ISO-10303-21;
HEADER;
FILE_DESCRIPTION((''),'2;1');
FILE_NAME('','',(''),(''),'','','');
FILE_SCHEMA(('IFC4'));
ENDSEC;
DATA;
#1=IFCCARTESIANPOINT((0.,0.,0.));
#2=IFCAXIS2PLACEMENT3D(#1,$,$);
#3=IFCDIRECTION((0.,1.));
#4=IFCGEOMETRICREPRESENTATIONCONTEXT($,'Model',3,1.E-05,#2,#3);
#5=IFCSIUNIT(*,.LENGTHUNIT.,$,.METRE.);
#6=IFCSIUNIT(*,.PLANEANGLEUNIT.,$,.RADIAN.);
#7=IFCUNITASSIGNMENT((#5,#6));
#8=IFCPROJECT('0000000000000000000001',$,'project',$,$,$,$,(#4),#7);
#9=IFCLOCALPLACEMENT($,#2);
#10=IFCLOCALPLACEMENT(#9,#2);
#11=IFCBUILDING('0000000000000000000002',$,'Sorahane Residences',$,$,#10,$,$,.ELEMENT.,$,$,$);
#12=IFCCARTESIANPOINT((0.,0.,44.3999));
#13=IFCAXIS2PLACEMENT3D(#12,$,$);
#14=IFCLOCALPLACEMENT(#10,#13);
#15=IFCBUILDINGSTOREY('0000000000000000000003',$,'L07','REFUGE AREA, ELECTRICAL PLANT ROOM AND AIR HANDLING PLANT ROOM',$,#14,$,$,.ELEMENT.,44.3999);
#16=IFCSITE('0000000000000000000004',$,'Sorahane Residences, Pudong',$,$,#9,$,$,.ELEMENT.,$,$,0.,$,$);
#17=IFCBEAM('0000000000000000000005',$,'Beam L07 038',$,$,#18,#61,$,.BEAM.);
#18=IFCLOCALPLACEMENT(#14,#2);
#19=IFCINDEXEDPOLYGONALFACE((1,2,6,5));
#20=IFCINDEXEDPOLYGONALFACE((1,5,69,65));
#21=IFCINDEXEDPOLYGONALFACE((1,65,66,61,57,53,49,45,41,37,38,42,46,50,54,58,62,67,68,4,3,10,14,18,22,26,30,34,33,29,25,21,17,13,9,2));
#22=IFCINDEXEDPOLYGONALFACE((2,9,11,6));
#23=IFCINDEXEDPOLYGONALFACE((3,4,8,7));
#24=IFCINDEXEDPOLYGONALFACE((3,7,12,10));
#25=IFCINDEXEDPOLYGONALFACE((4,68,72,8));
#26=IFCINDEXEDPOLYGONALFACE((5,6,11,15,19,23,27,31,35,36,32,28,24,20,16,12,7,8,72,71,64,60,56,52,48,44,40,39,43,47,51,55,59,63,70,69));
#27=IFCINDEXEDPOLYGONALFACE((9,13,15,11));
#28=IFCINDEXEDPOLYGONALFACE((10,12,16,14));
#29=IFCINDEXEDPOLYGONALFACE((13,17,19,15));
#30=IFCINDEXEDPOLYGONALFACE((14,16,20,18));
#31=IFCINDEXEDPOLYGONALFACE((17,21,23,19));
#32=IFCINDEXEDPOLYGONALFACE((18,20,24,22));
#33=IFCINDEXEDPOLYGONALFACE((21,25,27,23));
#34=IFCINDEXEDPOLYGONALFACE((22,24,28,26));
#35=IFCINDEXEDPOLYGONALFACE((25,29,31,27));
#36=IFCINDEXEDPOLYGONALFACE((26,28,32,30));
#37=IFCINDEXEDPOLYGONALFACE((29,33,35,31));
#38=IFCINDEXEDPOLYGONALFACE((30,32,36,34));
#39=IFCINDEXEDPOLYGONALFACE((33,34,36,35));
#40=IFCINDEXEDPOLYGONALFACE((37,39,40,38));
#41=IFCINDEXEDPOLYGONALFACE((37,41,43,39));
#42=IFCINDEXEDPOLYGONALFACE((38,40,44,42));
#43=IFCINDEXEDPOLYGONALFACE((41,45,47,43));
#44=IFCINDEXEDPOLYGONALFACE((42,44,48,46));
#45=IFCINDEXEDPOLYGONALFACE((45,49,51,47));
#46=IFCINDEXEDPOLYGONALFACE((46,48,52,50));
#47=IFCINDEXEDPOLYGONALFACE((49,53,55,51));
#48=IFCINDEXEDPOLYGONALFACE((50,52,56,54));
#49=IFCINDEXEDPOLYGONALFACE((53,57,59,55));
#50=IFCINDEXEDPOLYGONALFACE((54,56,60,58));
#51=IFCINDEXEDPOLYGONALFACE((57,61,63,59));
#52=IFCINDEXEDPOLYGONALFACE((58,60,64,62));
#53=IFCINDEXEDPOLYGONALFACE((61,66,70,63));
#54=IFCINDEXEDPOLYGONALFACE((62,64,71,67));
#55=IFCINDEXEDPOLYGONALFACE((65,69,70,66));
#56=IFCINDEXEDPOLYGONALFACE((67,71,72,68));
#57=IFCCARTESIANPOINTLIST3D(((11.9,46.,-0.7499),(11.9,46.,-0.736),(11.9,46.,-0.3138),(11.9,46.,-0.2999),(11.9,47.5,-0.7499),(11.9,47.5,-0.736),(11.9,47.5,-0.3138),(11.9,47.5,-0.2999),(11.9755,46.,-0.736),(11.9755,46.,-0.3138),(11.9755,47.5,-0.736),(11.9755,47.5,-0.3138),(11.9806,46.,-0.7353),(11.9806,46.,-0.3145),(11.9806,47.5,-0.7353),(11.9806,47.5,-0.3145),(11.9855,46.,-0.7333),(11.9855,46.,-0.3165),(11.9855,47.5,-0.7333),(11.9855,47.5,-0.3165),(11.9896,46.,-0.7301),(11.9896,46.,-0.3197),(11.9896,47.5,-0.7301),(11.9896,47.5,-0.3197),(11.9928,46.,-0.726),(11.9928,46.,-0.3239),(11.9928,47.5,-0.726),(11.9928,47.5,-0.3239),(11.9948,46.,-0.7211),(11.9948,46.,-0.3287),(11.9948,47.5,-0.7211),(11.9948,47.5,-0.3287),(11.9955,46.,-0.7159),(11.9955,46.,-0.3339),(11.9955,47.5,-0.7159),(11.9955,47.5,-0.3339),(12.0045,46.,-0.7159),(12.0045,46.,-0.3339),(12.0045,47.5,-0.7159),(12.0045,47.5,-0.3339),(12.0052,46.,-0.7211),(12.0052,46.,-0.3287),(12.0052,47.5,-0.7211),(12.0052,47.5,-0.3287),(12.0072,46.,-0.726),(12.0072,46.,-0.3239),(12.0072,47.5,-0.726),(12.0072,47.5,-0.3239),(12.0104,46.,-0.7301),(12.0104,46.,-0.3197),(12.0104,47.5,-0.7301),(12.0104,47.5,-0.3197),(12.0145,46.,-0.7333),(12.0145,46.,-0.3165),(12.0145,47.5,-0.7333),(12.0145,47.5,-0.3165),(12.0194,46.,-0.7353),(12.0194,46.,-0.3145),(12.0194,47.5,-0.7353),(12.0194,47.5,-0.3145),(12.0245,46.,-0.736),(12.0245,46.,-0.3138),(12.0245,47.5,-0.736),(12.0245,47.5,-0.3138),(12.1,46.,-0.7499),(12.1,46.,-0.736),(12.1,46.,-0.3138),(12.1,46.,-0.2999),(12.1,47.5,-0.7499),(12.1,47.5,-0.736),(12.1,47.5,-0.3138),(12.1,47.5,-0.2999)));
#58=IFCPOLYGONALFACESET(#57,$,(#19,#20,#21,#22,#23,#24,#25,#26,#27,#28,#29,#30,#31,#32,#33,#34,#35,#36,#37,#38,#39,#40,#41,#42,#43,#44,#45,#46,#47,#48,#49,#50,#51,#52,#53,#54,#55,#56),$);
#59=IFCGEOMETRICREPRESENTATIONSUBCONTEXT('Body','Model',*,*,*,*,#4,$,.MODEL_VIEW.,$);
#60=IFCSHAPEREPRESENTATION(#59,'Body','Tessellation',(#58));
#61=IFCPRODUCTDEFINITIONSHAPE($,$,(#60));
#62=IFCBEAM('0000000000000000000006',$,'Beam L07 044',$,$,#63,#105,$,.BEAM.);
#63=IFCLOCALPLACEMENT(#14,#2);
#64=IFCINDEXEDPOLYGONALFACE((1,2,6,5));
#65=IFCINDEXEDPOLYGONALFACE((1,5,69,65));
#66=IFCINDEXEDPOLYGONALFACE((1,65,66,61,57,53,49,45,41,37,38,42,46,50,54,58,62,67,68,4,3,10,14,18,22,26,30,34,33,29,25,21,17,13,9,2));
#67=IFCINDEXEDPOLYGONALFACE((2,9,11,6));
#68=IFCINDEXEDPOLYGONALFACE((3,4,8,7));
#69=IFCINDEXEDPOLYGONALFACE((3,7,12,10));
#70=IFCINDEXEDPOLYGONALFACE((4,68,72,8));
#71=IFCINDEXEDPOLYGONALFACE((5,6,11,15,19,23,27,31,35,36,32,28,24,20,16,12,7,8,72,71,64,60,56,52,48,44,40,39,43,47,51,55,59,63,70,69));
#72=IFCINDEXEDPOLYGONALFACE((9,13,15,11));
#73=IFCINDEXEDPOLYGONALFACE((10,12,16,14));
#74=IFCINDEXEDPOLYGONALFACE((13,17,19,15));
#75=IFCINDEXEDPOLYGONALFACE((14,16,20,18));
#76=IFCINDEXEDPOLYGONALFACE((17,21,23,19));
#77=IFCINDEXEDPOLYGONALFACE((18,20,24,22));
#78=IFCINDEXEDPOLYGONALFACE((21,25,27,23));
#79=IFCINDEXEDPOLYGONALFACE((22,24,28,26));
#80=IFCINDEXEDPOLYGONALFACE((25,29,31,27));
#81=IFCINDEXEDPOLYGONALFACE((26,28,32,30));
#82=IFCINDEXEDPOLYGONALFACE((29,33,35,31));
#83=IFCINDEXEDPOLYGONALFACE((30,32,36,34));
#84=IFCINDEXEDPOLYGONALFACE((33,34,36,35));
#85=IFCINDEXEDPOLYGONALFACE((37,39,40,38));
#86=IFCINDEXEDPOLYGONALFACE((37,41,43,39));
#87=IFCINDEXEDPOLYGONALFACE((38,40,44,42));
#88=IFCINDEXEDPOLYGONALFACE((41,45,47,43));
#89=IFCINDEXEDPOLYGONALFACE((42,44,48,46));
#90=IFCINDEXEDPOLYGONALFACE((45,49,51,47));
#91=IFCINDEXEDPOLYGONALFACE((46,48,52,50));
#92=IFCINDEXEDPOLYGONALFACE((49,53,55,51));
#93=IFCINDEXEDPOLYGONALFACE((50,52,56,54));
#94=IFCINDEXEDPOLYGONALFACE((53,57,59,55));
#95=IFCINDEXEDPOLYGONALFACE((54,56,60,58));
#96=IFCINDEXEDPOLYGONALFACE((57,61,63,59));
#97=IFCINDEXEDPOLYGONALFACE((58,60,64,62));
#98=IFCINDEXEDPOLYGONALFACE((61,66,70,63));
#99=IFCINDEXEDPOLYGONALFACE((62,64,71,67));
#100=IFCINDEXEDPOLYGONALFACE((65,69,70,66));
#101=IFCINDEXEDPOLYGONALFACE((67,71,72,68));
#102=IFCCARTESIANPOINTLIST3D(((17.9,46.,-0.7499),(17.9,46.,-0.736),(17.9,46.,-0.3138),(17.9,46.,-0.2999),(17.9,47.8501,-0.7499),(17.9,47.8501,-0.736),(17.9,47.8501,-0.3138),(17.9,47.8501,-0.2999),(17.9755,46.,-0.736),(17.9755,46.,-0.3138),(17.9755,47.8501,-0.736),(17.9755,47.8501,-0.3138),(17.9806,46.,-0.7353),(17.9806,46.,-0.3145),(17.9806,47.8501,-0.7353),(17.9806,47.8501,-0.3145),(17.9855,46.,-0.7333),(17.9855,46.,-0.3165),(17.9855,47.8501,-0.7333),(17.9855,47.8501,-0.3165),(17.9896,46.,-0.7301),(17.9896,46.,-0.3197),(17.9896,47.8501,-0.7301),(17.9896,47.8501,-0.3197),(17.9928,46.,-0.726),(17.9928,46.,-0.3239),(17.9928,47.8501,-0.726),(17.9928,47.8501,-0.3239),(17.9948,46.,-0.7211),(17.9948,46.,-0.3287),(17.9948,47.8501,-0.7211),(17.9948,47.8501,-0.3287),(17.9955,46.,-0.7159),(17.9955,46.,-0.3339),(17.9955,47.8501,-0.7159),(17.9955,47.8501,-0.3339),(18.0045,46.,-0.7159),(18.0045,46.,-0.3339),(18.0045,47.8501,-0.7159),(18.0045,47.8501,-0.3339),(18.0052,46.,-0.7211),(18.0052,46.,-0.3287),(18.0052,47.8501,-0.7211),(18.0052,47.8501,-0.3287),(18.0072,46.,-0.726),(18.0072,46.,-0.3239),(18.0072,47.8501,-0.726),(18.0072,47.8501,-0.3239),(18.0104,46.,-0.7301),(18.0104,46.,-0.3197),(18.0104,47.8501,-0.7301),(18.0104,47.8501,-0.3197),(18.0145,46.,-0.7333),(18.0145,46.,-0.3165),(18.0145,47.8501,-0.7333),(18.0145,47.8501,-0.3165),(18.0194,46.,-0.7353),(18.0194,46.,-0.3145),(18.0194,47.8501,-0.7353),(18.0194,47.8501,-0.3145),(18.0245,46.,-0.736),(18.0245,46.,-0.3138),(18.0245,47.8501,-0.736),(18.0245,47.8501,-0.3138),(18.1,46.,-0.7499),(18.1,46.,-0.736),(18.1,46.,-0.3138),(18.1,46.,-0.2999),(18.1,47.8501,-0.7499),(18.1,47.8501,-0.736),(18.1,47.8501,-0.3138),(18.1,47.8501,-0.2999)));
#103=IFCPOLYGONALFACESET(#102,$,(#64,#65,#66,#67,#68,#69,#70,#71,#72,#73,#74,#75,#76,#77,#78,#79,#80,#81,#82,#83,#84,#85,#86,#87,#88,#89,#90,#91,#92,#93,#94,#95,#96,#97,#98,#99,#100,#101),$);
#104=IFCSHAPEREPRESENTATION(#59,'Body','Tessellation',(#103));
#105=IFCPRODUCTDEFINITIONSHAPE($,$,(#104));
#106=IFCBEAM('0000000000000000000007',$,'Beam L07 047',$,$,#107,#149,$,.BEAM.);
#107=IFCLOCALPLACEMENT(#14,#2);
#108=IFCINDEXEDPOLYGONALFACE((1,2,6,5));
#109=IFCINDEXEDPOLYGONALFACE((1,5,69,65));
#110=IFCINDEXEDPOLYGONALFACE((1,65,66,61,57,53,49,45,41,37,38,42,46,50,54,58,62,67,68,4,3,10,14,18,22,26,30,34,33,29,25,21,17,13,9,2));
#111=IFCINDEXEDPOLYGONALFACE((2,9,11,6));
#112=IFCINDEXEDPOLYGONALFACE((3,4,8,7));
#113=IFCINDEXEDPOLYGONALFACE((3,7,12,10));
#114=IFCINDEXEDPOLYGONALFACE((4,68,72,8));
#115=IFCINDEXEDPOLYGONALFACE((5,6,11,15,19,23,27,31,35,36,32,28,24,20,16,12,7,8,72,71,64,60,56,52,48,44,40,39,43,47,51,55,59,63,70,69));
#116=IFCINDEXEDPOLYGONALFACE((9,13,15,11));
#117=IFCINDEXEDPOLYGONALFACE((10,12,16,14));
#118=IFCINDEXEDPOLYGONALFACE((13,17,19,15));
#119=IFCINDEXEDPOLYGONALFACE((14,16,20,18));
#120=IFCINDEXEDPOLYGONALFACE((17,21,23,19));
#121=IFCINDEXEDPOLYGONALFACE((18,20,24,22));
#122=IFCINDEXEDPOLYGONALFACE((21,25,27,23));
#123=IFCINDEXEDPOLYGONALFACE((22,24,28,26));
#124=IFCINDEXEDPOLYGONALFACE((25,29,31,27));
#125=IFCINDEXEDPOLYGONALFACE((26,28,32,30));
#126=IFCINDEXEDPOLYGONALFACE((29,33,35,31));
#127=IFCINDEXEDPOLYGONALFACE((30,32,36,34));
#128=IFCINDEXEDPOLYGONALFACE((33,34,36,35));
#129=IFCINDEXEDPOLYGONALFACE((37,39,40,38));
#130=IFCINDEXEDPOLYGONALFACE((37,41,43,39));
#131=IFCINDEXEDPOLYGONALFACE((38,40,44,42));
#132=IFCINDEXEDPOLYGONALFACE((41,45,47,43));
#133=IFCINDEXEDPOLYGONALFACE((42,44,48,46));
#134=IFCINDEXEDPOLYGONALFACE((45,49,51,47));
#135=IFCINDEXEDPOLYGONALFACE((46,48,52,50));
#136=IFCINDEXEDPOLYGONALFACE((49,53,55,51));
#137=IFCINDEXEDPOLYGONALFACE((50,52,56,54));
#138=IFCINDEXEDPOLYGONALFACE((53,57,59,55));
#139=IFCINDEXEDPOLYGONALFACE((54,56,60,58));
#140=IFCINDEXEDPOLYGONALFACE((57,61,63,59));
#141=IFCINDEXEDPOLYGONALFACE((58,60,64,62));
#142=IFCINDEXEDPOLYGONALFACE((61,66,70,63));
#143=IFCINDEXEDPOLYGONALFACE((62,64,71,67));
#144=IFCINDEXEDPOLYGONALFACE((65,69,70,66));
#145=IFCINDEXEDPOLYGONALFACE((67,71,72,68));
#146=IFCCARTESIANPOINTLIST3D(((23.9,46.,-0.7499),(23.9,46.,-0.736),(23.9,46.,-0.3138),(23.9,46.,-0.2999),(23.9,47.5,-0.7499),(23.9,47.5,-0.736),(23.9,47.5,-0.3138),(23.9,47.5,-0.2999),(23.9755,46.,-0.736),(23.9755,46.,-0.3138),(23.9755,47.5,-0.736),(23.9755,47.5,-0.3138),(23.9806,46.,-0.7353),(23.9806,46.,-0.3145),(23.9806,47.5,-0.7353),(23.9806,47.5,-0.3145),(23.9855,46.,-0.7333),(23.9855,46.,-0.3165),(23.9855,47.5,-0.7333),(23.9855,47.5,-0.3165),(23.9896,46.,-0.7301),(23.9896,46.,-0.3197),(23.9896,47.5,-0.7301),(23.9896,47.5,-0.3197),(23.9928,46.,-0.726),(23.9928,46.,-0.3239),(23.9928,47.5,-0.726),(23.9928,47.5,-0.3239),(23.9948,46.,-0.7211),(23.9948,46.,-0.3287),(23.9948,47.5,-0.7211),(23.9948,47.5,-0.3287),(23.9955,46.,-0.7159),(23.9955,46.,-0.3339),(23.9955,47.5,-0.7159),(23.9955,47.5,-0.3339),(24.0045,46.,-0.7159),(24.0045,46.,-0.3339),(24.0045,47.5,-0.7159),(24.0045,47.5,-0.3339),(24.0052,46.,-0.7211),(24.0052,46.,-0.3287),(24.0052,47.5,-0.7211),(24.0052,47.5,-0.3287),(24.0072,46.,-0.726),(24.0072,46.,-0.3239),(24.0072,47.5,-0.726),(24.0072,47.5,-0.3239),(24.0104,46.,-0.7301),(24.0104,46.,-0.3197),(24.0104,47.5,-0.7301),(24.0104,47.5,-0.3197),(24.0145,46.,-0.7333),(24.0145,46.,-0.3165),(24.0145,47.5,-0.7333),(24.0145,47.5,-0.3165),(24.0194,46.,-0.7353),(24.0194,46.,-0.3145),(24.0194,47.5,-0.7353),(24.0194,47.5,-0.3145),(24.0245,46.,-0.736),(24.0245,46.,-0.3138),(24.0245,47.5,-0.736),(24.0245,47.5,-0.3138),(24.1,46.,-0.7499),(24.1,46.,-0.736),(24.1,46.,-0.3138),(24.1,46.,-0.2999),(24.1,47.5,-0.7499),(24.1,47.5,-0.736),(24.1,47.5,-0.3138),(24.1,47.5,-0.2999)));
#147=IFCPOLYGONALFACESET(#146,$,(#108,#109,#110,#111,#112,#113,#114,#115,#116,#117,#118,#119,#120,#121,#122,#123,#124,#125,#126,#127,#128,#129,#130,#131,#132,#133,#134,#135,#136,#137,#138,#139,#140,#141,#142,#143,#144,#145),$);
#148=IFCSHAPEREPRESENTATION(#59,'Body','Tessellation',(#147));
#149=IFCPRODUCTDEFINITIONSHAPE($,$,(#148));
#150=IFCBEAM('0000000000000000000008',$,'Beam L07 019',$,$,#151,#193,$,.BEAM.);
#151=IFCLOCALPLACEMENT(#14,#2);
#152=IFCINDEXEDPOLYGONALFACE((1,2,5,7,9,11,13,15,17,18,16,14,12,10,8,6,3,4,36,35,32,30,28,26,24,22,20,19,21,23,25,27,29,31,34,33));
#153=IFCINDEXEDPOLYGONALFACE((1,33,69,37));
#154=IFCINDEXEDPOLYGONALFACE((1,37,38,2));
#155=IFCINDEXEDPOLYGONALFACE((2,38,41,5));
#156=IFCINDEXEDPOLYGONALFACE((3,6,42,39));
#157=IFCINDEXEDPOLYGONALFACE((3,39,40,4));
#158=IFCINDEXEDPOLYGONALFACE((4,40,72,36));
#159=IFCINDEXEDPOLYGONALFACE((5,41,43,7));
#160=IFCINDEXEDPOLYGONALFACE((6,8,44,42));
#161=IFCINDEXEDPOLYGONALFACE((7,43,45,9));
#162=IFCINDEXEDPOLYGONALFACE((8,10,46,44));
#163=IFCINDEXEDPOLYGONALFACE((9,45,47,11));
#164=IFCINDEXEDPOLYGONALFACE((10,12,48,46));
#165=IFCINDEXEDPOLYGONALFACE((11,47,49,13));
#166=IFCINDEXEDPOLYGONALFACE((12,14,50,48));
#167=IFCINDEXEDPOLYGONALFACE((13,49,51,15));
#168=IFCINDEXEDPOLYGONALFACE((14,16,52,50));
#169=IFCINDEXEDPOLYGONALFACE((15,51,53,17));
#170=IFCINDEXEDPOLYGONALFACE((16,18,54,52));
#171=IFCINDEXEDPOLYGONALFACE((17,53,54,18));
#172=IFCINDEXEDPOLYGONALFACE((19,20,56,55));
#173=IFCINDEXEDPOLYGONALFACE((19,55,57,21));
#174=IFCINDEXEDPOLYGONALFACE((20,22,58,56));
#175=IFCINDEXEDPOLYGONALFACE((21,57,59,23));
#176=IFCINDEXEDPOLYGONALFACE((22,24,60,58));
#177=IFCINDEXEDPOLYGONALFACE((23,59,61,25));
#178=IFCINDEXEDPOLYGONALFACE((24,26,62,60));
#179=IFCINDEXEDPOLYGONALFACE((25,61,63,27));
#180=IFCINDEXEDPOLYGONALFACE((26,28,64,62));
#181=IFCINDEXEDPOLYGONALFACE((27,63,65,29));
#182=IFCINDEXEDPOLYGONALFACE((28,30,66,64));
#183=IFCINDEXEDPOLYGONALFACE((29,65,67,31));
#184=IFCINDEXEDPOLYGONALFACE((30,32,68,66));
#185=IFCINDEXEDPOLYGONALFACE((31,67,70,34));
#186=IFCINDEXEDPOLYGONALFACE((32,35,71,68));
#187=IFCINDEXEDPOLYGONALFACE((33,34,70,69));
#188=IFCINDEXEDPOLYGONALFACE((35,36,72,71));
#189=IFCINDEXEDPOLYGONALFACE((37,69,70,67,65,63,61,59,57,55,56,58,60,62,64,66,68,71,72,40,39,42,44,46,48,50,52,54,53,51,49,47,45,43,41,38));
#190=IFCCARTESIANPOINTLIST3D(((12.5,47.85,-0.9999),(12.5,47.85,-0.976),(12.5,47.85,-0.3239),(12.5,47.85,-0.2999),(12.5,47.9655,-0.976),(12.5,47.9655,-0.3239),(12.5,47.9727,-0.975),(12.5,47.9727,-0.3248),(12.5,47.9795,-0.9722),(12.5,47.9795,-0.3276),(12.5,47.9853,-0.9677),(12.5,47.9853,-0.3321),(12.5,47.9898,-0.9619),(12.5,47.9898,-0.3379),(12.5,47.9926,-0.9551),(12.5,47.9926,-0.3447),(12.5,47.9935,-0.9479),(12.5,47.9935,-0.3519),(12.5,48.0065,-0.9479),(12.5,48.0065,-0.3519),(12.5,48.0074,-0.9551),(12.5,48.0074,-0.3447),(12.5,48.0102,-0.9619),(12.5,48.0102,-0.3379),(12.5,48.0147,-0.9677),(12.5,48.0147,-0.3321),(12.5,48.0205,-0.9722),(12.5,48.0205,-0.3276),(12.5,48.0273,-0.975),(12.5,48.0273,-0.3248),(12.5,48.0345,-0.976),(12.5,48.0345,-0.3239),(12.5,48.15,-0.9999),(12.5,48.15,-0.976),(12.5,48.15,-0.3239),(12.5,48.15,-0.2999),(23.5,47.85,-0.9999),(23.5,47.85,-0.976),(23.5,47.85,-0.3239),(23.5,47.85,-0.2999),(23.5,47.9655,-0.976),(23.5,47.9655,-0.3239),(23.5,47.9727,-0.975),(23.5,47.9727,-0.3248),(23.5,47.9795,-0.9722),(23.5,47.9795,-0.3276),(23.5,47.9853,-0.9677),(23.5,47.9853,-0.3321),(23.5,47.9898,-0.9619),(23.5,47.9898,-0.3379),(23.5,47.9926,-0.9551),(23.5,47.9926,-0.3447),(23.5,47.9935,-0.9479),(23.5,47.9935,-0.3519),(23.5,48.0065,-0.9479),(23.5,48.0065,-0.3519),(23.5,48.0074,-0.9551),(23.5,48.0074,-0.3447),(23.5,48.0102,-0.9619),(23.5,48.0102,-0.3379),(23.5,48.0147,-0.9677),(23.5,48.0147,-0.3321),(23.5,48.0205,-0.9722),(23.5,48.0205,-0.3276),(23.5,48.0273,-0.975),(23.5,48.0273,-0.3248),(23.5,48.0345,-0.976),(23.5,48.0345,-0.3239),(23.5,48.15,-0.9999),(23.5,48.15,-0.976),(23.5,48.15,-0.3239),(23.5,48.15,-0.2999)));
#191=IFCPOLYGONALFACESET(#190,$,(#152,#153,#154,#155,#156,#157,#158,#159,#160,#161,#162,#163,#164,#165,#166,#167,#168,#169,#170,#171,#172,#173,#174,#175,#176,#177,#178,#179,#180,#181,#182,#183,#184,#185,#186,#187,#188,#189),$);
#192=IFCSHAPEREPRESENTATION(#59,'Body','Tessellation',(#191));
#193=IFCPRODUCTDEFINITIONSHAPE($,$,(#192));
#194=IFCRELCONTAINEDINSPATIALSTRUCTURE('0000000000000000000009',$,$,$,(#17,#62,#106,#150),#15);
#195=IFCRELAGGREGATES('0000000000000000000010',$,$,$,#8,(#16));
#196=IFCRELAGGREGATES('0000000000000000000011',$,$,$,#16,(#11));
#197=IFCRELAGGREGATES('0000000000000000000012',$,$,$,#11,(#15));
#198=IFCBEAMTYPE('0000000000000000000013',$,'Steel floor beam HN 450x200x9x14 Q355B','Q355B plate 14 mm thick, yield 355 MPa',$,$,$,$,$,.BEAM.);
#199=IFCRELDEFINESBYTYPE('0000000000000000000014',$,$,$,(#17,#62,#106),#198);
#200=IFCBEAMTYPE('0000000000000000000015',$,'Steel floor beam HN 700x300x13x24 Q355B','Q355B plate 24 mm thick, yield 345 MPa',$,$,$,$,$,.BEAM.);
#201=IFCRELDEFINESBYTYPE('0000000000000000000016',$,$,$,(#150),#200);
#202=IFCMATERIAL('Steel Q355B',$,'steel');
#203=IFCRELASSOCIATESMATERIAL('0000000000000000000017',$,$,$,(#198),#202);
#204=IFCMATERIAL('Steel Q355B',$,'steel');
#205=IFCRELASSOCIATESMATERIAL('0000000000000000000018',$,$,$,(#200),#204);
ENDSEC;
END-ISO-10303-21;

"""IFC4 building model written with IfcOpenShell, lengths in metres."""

from ifc_helpers import new_model, si_unit, direction, frame, origin, origin_2d, place, context, subcontext, project, spatial, i_section, extrude, material, material_profile, profile_set, type_object, element, save


model = new_model("IFC4")

# Units and contexts
model_context = context("Model", 3, precision=1e-05, world=origin(), true_north=direction((0.0, 1.0)))
body_context = subcontext(model_context, "Body", "Model", "MODEL_VIEW")
ifc_project = project(units=[si_unit("LENGTHUNIT", "METRE"), si_unit("PLANEANGLEUNIT", "RADIAN")], contexts=[model_context])

# Site, building, storey
site_placement = place(None, origin())
site = spatial("IfcSite", under=ifc_project, at=site_placement, Name="Sorahane Residences, Pudong", CompositionType="ELEMENT", RefElevation=0.0)
building_placement = place(site_placement, origin())
building = spatial("IfcBuilding", under=site, at=building_placement, Name="Sorahane Residences", CompositionType="ELEMENT")
storey_placement = place(building_placement, frame((0.0, 0.0, 44.3999)))
storey = spatial("IfcBuildingStorey", under=building, at=storey_placement, Name="L07", Description="REFUGE AREA, ELECTRICAL PLANT ROOM AND AIR HANDLING PLANT ROOM", CompositionType="ELEMENT", Elevation=44.3999)

# Beams
ifc_material_1 = material(Name="Steel Q355B", Category="steel")
ifc_material_profile_1 = material_profile(ifc_material_1, i_section(OverallWidth=0.2, OverallDepth=0.45, WebThickness=0.009, FlangeThickness=0.0139, FilletRadius=0.02, at=origin_2d()), Name="HN 450x200x9x14")
ifc_profile_set_1 = profile_set([ifc_material_profile_1], Name="Steel Q355B")
beam_type_1 = type_object("IfcBeamType", Name="Steel floor beam HN 450x200x9x14 Q355B", Description="Q355B plate 14 mm thick, yield 355 MPa", PredefinedType="BEAM", material=ifc_profile_set_1)
beam_1_placement = place(storey_placement, frame((12.0, 46.0, -0.5249), z_axis=(0.0, 1.0, 0.0), x_axis=(-1.0, 0.0, 0.0)))
element("IfcBeam", 1, at=beam_1_placement, inside=storey, type_object=beam_type_1, Name="Beam L07 038", PredefinedType="BEAM", context=body_context, shape_type="SweptSolid", body=[
    extrude(i_section(OverallWidth=0.2, OverallDepth=0.45, WebThickness=0.009, FlangeThickness=0.0139, FilletRadius=0.02, at=origin_2d()), origin(), (0.0, 0.0, 1.0), 1.5),
])
beam_2_placement = place(storey_placement, frame((18.0, 46.0, -0.5249), z_axis=(0.0, 1.0, 0.0), x_axis=(-1.0, 0.0, 0.0)))
element("IfcBeam", 2, at=beam_2_placement, inside=storey, type_object=beam_type_1, Name="Beam L07 044", PredefinedType="BEAM", context=body_context, shape_type="SweptSolid", body=[
    extrude(i_section(OverallWidth=0.2, OverallDepth=0.45, WebThickness=0.009, FlangeThickness=0.0139, FilletRadius=0.02, at=origin_2d()), origin(), (0.0, 0.0, 1.0), 1.8501),
])
beam_3_placement = place(storey_placement, frame((24.0, 46.0, -0.5249), z_axis=(0.0, 1.0, 0.0), x_axis=(-1.0, 0.0, 0.0)))
element("IfcBeam", 3, at=beam_3_placement, inside=storey, type_object=beam_type_1, Name="Beam L07 047", PredefinedType="BEAM", context=body_context, shape_type="SweptSolid", body=[
    extrude(i_section(OverallWidth=0.2, OverallDepth=0.45, WebThickness=0.009, FlangeThickness=0.0139, FilletRadius=0.02, at=origin_2d()), origin(), (0.0, 0.0, 1.0), 1.5),
])
ifc_material_2 = material(Name="Steel Q355B", Category="steel")
ifc_material_profile_2 = material_profile(ifc_material_2, i_section(OverallWidth=0.3, OverallDepth=0.7, WebThickness=0.0129, FlangeThickness=0.0239, FilletRadius=0.0281, at=origin_2d()), Name="HN 700x300x13x24")
ifc_profile_set_2 = profile_set([ifc_material_profile_2], Name="Steel Q355B")
beam_type_2 = type_object("IfcBeamType", Name="Steel floor beam HN 700x300x13x24 Q355B", Description="Q355B plate 24 mm thick, yield 345 MPa", PredefinedType="BEAM", material=ifc_profile_set_2)
for number, where, z_axis, x_axis, name in (
    (4, (12.5, 48.0, -0.6499), (1.0, 0.0, 0.0), (0.0, 1.0, 0.0), "Beam L07 019"),
):
    element("IfcBeam", number, at=place(storey_placement, frame(where, z_axis=z_axis, x_axis=x_axis)), inside=storey, type_object=beam_type_2, Name=name, PredefinedType="BEAM", context=body_context, shape_type="SweptSolid", body=[
        extrude(i_section(OverallWidth=0.3, OverallDepth=0.7, WebThickness=0.0129, FlangeThickness=0.0239, FilletRadius=0.0281, at=origin_2d()), origin(), (0.0, 0.0, 1.0), 11.0),
    ])

save(model, "model.ifc")
